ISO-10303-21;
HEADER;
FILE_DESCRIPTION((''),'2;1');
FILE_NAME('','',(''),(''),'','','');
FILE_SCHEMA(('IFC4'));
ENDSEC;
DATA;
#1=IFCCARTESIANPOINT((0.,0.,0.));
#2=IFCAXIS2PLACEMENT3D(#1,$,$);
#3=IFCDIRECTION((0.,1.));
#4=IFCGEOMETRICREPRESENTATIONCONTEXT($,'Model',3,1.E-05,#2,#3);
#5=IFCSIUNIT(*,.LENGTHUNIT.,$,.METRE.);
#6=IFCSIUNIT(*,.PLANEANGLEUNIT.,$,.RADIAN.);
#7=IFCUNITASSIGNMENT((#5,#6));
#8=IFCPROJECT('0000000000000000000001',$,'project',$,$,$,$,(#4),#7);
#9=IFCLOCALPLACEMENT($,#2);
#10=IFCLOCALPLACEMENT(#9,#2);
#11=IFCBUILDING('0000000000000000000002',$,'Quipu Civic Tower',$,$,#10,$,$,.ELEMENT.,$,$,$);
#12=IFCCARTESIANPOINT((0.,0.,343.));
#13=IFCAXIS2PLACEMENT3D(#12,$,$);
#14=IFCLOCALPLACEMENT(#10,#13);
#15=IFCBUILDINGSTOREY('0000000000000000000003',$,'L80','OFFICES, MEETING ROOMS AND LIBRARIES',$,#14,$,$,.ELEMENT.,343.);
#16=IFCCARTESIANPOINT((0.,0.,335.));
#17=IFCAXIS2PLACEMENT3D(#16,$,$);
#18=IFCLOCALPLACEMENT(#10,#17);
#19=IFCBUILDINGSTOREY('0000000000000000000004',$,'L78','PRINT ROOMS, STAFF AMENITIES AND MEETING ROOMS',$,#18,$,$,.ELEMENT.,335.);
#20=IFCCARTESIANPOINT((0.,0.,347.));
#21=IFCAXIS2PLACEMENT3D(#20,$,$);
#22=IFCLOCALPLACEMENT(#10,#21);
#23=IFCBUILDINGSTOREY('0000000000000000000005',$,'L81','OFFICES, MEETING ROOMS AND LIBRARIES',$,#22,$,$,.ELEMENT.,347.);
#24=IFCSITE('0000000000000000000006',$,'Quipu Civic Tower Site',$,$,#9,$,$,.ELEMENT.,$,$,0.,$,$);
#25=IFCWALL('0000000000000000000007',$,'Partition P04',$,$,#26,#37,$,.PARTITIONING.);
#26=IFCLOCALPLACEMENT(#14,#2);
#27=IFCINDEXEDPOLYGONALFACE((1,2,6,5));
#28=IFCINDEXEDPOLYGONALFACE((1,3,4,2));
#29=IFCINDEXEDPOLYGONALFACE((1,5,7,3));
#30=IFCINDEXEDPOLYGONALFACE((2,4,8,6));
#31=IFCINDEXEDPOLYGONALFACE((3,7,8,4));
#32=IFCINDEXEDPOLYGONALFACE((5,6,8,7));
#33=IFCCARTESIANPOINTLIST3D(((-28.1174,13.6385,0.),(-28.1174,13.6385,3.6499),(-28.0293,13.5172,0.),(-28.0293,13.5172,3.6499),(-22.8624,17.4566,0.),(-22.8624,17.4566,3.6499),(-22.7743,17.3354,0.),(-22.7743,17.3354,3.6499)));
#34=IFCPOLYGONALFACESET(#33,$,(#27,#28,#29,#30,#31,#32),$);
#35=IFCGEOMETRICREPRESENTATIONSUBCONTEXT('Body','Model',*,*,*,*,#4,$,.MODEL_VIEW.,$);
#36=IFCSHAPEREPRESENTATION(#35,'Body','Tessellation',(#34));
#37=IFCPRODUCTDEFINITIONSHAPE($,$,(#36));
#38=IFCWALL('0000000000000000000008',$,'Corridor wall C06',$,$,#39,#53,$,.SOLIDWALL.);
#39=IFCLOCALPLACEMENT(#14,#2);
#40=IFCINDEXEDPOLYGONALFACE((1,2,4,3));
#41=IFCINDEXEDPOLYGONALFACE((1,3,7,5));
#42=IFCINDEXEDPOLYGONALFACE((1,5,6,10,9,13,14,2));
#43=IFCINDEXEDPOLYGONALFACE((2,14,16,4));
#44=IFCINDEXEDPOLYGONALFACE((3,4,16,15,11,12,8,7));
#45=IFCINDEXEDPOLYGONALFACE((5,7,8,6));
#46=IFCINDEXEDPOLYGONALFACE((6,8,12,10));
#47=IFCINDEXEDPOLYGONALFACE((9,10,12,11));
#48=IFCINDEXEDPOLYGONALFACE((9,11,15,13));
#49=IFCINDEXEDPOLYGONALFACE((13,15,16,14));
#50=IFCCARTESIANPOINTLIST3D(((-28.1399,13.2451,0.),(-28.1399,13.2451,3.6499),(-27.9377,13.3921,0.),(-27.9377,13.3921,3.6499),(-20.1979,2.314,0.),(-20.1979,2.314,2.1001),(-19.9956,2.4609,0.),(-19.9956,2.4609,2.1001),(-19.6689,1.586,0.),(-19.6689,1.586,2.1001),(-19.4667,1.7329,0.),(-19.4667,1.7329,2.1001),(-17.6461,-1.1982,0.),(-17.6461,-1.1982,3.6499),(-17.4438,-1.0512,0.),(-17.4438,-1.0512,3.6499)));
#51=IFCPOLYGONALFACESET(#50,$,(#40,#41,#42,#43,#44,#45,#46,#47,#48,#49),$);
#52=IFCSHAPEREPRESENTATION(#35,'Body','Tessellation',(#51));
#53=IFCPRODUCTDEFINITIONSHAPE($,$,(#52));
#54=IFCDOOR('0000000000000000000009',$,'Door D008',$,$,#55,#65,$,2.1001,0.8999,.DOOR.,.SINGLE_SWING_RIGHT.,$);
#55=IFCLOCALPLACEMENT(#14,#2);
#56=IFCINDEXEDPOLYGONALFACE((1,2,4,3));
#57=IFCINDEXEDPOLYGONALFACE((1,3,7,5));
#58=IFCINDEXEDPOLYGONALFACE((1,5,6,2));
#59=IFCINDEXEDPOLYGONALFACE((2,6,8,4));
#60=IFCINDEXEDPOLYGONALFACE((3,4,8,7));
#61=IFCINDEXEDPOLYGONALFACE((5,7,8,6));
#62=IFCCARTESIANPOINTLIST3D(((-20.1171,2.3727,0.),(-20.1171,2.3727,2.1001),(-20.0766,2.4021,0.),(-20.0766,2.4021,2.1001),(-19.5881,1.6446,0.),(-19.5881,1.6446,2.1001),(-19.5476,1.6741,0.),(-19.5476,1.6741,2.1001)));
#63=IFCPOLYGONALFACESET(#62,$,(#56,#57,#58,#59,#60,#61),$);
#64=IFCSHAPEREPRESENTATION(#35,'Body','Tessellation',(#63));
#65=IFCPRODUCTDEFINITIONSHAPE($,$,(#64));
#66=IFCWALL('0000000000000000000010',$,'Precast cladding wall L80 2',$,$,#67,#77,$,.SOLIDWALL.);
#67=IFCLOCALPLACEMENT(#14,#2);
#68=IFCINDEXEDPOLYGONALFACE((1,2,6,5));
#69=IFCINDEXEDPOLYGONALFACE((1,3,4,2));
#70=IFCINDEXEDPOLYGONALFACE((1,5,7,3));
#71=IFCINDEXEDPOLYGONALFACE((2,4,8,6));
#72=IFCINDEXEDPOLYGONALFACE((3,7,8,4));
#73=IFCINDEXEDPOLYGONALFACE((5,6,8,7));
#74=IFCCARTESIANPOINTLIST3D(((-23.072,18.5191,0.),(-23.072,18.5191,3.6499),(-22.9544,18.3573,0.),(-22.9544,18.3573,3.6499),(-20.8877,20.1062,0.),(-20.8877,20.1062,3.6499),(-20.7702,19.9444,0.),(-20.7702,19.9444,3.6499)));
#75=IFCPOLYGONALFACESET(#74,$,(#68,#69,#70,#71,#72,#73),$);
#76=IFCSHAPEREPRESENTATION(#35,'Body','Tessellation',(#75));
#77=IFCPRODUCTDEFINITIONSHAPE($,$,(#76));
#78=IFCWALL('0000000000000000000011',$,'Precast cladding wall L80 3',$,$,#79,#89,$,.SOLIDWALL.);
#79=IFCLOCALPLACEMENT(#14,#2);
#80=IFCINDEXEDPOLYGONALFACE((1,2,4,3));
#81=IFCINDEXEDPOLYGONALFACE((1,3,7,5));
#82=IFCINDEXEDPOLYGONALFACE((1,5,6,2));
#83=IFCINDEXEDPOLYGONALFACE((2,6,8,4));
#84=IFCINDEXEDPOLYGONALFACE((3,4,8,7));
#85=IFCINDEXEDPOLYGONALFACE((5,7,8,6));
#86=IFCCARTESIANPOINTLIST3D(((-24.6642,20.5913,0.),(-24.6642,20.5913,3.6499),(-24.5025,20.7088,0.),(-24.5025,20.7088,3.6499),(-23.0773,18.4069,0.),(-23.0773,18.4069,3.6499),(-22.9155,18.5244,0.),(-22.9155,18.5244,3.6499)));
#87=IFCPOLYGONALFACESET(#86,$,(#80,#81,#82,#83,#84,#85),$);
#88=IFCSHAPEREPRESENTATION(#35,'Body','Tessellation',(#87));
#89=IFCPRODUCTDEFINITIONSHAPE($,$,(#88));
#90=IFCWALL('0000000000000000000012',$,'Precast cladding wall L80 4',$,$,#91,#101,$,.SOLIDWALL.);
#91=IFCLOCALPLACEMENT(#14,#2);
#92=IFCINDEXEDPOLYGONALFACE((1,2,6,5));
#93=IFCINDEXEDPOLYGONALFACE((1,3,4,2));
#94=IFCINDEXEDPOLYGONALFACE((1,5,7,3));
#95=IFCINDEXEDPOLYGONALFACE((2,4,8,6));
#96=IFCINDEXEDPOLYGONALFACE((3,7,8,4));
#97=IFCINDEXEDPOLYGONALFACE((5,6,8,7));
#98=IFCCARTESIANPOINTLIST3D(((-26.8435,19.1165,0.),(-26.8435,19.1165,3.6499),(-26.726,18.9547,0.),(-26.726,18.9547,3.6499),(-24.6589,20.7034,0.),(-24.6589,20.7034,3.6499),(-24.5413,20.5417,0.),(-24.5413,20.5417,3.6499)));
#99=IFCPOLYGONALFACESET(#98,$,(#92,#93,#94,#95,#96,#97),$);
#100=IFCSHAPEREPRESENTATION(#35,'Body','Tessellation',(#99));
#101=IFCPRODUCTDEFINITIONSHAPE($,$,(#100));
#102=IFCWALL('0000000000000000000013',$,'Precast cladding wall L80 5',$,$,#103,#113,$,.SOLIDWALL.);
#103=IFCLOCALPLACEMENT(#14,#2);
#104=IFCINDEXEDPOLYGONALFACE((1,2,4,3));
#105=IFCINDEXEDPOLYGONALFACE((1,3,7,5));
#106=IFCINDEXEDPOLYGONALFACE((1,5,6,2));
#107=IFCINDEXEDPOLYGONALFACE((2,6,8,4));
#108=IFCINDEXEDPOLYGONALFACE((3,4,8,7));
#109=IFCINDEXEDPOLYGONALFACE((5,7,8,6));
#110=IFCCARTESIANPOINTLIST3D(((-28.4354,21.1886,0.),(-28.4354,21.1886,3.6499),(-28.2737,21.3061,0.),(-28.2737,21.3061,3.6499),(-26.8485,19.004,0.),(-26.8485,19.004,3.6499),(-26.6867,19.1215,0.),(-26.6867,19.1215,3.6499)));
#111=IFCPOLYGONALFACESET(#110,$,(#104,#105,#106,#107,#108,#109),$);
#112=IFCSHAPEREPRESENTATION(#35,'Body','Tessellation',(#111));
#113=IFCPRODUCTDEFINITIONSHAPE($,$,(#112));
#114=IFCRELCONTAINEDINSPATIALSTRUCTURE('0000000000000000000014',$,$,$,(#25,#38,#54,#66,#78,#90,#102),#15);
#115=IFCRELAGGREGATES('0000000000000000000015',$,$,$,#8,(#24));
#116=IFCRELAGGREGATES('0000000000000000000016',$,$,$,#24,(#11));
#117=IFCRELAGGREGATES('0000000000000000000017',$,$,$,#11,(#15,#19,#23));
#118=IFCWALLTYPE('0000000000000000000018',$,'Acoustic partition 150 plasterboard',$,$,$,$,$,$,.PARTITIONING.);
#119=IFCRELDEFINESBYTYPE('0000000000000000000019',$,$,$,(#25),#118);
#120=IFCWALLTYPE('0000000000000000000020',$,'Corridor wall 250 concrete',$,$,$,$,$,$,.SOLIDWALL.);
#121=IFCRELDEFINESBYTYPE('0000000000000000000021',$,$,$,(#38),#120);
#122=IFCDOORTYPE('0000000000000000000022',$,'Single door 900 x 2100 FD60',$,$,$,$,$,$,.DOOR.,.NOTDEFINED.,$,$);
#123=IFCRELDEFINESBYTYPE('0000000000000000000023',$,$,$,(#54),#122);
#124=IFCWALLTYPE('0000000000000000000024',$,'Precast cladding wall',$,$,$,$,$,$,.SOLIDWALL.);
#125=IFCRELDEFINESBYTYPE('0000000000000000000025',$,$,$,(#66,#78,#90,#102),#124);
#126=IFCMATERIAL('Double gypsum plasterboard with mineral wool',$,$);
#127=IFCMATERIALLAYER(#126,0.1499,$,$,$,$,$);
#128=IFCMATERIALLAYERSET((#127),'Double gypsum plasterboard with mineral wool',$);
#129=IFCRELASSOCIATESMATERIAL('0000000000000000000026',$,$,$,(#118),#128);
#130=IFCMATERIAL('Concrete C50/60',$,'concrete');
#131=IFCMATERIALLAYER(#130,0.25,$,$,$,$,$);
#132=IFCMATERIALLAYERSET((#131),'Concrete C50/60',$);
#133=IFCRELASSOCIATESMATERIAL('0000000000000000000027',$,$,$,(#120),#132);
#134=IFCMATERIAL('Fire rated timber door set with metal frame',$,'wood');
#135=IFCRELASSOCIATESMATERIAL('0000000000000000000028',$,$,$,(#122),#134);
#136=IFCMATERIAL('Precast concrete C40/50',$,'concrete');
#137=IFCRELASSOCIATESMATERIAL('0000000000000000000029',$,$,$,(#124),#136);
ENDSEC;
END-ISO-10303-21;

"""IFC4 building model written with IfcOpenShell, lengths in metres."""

from ifc_helpers import new_model, si_unit, direction, frame, frame_2d, origin, place, context, subcontext, project, spatial, rectangle, extrude, material, layer, layer_set, type_object, element, fill, save


model = new_model("IFC4")

# Units and contexts
model_context = context("Model", 3, precision=1e-05, world=origin(), true_north=direction((0.0, 1.0)))
body_context = subcontext(model_context, "Body", "Model", "MODEL_VIEW")
ifc_project = project(units=[si_unit("LENGTHUNIT", "METRE"), si_unit("PLANEANGLEUNIT", "RADIAN")], contexts=[model_context])

# Site, building, storey
site_placement = place(None, origin())
site = spatial("IfcSite", under=ifc_project, at=site_placement, Name="Quipu Civic Tower Site", CompositionType="ELEMENT", RefElevation=0.0)
building_placement = place(site_placement, origin())
building = spatial("IfcBuilding", under=site, at=building_placement, Name="Quipu Civic Tower", CompositionType="ELEMENT")
storey_1_placement = place(building_placement, frame((0.0, 0.0, 343.0)))
storey_1 = spatial("IfcBuildingStorey", under=building, at=storey_1_placement, Name="L80", Description="OFFICES, MEETING ROOMS AND LIBRARIES", CompositionType="ELEMENT", Elevation=343.0)

# Shared definitions
storey_2_placement = place(building_placement, frame((0.0, 0.0, 335.0)))
storey_2 = spatial("IfcBuildingStorey", under=building, at=storey_2_placement, Name="L78", Description="PRINT ROOMS, STAFF AMENITIES AND MEETING ROOMS", CompositionType="ELEMENT", Elevation=335.0)

# Shared definitions
storey_3_placement = place(building_placement, frame((0.0, 0.0, 347.0)))
storey_3 = spatial("IfcBuildingStorey", under=building, at=storey_3_placement, Name="L81", Description="OFFICES, MEETING ROOMS AND LIBRARIES", CompositionType="ELEMENT", Elevation=347.0)

# Wall
ifc_material_1 = material(Name="Double gypsum plasterboard with mineral wool")
ifc_layer_1 = layer(ifc_material_1, 0.1499)
ifc_layer_set_1 = layer_set([ifc_layer_1], Name="Double gypsum plasterboard with mineral wool")
wall_type_1 = type_object("IfcWallType", Name="Acoustic partition 150 plasterboard", PredefinedType="PARTITIONING", material=ifc_layer_set_1)
wall_1_placement = place(storey_1_placement, frame((-22.8184, 17.396, 0.0), z_axis=(0.0, 0.0, 1.0), x_axis=(-0.809001, -0.587807, 0.0)))
element("IfcWall", 1, at=wall_1_placement, inside=storey_1, type_object=wall_type_1, Name="Partition P04", PredefinedType="PARTITIONING", context=body_context, shape_type="SweptSolid", body=[
    extrude(rectangle(XDim=6.4956, YDim=0.1499, at=frame_2d((3.2478, 0.0))), origin(), (0.0, 0.0, 1.0), 3.6499),
])

# Wall, opening, door
ifc_material_2 = material(Name="Concrete C50/60", Category="concrete")
ifc_layer_2 = layer(ifc_material_2, 0.25)
ifc_layer_set_2 = layer_set([ifc_layer_2], Name="Concrete C50/60")
wall_type_2 = type_object("IfcWallType", Name="Corridor wall 250 concrete", PredefinedType="SOLIDWALL", material=ifc_layer_set_2)
wall_2_placement = place(storey_1_placement, frame((-28.0388, 13.3186, 0.0), z_axis=(0.0, 0.0, 1.0), x_axis=(0.587792, -0.809012, 0.0)))
wall_2 = element("IfcWall", 2, at=wall_2_placement, inside=storey_1, type_object=wall_type_2, Name="Corridor wall C06", PredefinedType="SOLIDWALL", context=body_context, shape_type="SweptSolid", body=[
    extrude(rectangle(XDim=17.853, YDim=0.25, at=frame_2d((8.9265, 0.0))), origin(), (0.0, 0.0, 1.0), 3.6499),
])
opening_placement = place(wall_2_placement, frame((13.5117, 0.0, 0.0)))
opening = element("IfcOpeningElement", 3, at=opening_placement, cuts=wall_2, PredefinedType="OPENING", context=body_context, shape_type="SweptSolid", body=[
    extrude(rectangle(XDim=0.8999, YDim=2.1001, at=frame_2d((0.45, 1.05))), frame((0.0, 0.135, 0.0), z_axis=(0.0, -1.0, 0.0), x_axis=(1.0, 0.0, 0.0)), (0.0, 0.0, 1.0), 0.27),
])
ifc_material_3 = material(Name="Fire rated timber door set with metal frame", Category="wood")
door_type = type_object("IfcDoorType", Name="Single door 900 x 2100 FD60", OperationType="NOTDEFINED", PredefinedType="DOOR", material=ifc_material_3)
door_placement = place(opening_placement, origin())
door = element("IfcDoor", 4, at=door_placement, inside=storey_1, type_object=door_type, Name="Door D008", OperationType="SINGLE_SWING_RIGHT", OverallHeight=2.1001, OverallWidth=0.8999, PredefinedType="DOOR", context=body_context, shape_type="SweptSolid", body=[
    extrude(rectangle(XDim=0.8999, YDim=2.1001, at=frame_2d((0.45, 1.05))), frame((0.0, 0.0249, 0.0), z_axis=(0.0, -1.0, 0.0), x_axis=(1.0, 0.0, 0.0)), (0.0, 0.0, 1.0), 0.05),
])
fill(opening, door)

# Walls
ifc_material_4 = material(Name="Precast concrete C40/50", Category="concrete")
wall_type_3 = type_object("IfcWallType", Name="Precast cladding wall", PredefinedType="SOLIDWALL", material=ifc_material_4)
for number, where, z_axis, x_axis, name in (
    (5, (-20.8289, 20.0254, 0.0), (0.0, 0.0, 1.0), (-0.80899, -0.587822, 0.0), "Precast cladding wall L80 2"),
    (6, (-22.9963, 18.4656, 0.0), (0.0, 0.0, 1.0), (-0.587763, 0.809033, 0.0), "Precast cladding wall L80 3"),
):
    element("IfcWall", number, at=place(storey_1_placement, frame(where, z_axis=z_axis, x_axis=x_axis)), inside=storey_1, type_object=wall_type_3, Name=name, PredefinedType="SOLIDWALL", context=body_context, shape_type="SweptSolid", body=[
        extrude(rectangle(XDim=2.7, YDim=0.2, at=frame_2d((1.3501, 0.0))), origin(), (0.0, 0.0, 1.0), 3.6499),
    ])
for number, where, z_axis, x_axis, name in (
    (7, (-24.6001, 20.6226, 0.0), (0.0, 0.0, 1.0), (-0.809064, -0.58772, 0.0), "Precast cladding wall L80 4"),
    (8, (-26.7676, 19.0627, 0.0), (0.0, 0.0, 1.0), (-0.58772, 0.809064, 0.0), "Precast cladding wall L80 5"),
):
    element("IfcWall", number, at=place(storey_1_placement, frame(where, z_axis=z_axis, x_axis=x_axis)), inside=storey_1, type_object=wall_type_3, Name=name, PredefinedType="SOLIDWALL", context=body_context, shape_type="SweptSolid", body=[
        extrude(rectangle(XDim=2.7002, YDim=0.2, at=frame_2d((1.3501, 0.0))), origin(), (0.0, 0.0, 1.0), 3.6499),
    ])

save(model, "model.ifc")
